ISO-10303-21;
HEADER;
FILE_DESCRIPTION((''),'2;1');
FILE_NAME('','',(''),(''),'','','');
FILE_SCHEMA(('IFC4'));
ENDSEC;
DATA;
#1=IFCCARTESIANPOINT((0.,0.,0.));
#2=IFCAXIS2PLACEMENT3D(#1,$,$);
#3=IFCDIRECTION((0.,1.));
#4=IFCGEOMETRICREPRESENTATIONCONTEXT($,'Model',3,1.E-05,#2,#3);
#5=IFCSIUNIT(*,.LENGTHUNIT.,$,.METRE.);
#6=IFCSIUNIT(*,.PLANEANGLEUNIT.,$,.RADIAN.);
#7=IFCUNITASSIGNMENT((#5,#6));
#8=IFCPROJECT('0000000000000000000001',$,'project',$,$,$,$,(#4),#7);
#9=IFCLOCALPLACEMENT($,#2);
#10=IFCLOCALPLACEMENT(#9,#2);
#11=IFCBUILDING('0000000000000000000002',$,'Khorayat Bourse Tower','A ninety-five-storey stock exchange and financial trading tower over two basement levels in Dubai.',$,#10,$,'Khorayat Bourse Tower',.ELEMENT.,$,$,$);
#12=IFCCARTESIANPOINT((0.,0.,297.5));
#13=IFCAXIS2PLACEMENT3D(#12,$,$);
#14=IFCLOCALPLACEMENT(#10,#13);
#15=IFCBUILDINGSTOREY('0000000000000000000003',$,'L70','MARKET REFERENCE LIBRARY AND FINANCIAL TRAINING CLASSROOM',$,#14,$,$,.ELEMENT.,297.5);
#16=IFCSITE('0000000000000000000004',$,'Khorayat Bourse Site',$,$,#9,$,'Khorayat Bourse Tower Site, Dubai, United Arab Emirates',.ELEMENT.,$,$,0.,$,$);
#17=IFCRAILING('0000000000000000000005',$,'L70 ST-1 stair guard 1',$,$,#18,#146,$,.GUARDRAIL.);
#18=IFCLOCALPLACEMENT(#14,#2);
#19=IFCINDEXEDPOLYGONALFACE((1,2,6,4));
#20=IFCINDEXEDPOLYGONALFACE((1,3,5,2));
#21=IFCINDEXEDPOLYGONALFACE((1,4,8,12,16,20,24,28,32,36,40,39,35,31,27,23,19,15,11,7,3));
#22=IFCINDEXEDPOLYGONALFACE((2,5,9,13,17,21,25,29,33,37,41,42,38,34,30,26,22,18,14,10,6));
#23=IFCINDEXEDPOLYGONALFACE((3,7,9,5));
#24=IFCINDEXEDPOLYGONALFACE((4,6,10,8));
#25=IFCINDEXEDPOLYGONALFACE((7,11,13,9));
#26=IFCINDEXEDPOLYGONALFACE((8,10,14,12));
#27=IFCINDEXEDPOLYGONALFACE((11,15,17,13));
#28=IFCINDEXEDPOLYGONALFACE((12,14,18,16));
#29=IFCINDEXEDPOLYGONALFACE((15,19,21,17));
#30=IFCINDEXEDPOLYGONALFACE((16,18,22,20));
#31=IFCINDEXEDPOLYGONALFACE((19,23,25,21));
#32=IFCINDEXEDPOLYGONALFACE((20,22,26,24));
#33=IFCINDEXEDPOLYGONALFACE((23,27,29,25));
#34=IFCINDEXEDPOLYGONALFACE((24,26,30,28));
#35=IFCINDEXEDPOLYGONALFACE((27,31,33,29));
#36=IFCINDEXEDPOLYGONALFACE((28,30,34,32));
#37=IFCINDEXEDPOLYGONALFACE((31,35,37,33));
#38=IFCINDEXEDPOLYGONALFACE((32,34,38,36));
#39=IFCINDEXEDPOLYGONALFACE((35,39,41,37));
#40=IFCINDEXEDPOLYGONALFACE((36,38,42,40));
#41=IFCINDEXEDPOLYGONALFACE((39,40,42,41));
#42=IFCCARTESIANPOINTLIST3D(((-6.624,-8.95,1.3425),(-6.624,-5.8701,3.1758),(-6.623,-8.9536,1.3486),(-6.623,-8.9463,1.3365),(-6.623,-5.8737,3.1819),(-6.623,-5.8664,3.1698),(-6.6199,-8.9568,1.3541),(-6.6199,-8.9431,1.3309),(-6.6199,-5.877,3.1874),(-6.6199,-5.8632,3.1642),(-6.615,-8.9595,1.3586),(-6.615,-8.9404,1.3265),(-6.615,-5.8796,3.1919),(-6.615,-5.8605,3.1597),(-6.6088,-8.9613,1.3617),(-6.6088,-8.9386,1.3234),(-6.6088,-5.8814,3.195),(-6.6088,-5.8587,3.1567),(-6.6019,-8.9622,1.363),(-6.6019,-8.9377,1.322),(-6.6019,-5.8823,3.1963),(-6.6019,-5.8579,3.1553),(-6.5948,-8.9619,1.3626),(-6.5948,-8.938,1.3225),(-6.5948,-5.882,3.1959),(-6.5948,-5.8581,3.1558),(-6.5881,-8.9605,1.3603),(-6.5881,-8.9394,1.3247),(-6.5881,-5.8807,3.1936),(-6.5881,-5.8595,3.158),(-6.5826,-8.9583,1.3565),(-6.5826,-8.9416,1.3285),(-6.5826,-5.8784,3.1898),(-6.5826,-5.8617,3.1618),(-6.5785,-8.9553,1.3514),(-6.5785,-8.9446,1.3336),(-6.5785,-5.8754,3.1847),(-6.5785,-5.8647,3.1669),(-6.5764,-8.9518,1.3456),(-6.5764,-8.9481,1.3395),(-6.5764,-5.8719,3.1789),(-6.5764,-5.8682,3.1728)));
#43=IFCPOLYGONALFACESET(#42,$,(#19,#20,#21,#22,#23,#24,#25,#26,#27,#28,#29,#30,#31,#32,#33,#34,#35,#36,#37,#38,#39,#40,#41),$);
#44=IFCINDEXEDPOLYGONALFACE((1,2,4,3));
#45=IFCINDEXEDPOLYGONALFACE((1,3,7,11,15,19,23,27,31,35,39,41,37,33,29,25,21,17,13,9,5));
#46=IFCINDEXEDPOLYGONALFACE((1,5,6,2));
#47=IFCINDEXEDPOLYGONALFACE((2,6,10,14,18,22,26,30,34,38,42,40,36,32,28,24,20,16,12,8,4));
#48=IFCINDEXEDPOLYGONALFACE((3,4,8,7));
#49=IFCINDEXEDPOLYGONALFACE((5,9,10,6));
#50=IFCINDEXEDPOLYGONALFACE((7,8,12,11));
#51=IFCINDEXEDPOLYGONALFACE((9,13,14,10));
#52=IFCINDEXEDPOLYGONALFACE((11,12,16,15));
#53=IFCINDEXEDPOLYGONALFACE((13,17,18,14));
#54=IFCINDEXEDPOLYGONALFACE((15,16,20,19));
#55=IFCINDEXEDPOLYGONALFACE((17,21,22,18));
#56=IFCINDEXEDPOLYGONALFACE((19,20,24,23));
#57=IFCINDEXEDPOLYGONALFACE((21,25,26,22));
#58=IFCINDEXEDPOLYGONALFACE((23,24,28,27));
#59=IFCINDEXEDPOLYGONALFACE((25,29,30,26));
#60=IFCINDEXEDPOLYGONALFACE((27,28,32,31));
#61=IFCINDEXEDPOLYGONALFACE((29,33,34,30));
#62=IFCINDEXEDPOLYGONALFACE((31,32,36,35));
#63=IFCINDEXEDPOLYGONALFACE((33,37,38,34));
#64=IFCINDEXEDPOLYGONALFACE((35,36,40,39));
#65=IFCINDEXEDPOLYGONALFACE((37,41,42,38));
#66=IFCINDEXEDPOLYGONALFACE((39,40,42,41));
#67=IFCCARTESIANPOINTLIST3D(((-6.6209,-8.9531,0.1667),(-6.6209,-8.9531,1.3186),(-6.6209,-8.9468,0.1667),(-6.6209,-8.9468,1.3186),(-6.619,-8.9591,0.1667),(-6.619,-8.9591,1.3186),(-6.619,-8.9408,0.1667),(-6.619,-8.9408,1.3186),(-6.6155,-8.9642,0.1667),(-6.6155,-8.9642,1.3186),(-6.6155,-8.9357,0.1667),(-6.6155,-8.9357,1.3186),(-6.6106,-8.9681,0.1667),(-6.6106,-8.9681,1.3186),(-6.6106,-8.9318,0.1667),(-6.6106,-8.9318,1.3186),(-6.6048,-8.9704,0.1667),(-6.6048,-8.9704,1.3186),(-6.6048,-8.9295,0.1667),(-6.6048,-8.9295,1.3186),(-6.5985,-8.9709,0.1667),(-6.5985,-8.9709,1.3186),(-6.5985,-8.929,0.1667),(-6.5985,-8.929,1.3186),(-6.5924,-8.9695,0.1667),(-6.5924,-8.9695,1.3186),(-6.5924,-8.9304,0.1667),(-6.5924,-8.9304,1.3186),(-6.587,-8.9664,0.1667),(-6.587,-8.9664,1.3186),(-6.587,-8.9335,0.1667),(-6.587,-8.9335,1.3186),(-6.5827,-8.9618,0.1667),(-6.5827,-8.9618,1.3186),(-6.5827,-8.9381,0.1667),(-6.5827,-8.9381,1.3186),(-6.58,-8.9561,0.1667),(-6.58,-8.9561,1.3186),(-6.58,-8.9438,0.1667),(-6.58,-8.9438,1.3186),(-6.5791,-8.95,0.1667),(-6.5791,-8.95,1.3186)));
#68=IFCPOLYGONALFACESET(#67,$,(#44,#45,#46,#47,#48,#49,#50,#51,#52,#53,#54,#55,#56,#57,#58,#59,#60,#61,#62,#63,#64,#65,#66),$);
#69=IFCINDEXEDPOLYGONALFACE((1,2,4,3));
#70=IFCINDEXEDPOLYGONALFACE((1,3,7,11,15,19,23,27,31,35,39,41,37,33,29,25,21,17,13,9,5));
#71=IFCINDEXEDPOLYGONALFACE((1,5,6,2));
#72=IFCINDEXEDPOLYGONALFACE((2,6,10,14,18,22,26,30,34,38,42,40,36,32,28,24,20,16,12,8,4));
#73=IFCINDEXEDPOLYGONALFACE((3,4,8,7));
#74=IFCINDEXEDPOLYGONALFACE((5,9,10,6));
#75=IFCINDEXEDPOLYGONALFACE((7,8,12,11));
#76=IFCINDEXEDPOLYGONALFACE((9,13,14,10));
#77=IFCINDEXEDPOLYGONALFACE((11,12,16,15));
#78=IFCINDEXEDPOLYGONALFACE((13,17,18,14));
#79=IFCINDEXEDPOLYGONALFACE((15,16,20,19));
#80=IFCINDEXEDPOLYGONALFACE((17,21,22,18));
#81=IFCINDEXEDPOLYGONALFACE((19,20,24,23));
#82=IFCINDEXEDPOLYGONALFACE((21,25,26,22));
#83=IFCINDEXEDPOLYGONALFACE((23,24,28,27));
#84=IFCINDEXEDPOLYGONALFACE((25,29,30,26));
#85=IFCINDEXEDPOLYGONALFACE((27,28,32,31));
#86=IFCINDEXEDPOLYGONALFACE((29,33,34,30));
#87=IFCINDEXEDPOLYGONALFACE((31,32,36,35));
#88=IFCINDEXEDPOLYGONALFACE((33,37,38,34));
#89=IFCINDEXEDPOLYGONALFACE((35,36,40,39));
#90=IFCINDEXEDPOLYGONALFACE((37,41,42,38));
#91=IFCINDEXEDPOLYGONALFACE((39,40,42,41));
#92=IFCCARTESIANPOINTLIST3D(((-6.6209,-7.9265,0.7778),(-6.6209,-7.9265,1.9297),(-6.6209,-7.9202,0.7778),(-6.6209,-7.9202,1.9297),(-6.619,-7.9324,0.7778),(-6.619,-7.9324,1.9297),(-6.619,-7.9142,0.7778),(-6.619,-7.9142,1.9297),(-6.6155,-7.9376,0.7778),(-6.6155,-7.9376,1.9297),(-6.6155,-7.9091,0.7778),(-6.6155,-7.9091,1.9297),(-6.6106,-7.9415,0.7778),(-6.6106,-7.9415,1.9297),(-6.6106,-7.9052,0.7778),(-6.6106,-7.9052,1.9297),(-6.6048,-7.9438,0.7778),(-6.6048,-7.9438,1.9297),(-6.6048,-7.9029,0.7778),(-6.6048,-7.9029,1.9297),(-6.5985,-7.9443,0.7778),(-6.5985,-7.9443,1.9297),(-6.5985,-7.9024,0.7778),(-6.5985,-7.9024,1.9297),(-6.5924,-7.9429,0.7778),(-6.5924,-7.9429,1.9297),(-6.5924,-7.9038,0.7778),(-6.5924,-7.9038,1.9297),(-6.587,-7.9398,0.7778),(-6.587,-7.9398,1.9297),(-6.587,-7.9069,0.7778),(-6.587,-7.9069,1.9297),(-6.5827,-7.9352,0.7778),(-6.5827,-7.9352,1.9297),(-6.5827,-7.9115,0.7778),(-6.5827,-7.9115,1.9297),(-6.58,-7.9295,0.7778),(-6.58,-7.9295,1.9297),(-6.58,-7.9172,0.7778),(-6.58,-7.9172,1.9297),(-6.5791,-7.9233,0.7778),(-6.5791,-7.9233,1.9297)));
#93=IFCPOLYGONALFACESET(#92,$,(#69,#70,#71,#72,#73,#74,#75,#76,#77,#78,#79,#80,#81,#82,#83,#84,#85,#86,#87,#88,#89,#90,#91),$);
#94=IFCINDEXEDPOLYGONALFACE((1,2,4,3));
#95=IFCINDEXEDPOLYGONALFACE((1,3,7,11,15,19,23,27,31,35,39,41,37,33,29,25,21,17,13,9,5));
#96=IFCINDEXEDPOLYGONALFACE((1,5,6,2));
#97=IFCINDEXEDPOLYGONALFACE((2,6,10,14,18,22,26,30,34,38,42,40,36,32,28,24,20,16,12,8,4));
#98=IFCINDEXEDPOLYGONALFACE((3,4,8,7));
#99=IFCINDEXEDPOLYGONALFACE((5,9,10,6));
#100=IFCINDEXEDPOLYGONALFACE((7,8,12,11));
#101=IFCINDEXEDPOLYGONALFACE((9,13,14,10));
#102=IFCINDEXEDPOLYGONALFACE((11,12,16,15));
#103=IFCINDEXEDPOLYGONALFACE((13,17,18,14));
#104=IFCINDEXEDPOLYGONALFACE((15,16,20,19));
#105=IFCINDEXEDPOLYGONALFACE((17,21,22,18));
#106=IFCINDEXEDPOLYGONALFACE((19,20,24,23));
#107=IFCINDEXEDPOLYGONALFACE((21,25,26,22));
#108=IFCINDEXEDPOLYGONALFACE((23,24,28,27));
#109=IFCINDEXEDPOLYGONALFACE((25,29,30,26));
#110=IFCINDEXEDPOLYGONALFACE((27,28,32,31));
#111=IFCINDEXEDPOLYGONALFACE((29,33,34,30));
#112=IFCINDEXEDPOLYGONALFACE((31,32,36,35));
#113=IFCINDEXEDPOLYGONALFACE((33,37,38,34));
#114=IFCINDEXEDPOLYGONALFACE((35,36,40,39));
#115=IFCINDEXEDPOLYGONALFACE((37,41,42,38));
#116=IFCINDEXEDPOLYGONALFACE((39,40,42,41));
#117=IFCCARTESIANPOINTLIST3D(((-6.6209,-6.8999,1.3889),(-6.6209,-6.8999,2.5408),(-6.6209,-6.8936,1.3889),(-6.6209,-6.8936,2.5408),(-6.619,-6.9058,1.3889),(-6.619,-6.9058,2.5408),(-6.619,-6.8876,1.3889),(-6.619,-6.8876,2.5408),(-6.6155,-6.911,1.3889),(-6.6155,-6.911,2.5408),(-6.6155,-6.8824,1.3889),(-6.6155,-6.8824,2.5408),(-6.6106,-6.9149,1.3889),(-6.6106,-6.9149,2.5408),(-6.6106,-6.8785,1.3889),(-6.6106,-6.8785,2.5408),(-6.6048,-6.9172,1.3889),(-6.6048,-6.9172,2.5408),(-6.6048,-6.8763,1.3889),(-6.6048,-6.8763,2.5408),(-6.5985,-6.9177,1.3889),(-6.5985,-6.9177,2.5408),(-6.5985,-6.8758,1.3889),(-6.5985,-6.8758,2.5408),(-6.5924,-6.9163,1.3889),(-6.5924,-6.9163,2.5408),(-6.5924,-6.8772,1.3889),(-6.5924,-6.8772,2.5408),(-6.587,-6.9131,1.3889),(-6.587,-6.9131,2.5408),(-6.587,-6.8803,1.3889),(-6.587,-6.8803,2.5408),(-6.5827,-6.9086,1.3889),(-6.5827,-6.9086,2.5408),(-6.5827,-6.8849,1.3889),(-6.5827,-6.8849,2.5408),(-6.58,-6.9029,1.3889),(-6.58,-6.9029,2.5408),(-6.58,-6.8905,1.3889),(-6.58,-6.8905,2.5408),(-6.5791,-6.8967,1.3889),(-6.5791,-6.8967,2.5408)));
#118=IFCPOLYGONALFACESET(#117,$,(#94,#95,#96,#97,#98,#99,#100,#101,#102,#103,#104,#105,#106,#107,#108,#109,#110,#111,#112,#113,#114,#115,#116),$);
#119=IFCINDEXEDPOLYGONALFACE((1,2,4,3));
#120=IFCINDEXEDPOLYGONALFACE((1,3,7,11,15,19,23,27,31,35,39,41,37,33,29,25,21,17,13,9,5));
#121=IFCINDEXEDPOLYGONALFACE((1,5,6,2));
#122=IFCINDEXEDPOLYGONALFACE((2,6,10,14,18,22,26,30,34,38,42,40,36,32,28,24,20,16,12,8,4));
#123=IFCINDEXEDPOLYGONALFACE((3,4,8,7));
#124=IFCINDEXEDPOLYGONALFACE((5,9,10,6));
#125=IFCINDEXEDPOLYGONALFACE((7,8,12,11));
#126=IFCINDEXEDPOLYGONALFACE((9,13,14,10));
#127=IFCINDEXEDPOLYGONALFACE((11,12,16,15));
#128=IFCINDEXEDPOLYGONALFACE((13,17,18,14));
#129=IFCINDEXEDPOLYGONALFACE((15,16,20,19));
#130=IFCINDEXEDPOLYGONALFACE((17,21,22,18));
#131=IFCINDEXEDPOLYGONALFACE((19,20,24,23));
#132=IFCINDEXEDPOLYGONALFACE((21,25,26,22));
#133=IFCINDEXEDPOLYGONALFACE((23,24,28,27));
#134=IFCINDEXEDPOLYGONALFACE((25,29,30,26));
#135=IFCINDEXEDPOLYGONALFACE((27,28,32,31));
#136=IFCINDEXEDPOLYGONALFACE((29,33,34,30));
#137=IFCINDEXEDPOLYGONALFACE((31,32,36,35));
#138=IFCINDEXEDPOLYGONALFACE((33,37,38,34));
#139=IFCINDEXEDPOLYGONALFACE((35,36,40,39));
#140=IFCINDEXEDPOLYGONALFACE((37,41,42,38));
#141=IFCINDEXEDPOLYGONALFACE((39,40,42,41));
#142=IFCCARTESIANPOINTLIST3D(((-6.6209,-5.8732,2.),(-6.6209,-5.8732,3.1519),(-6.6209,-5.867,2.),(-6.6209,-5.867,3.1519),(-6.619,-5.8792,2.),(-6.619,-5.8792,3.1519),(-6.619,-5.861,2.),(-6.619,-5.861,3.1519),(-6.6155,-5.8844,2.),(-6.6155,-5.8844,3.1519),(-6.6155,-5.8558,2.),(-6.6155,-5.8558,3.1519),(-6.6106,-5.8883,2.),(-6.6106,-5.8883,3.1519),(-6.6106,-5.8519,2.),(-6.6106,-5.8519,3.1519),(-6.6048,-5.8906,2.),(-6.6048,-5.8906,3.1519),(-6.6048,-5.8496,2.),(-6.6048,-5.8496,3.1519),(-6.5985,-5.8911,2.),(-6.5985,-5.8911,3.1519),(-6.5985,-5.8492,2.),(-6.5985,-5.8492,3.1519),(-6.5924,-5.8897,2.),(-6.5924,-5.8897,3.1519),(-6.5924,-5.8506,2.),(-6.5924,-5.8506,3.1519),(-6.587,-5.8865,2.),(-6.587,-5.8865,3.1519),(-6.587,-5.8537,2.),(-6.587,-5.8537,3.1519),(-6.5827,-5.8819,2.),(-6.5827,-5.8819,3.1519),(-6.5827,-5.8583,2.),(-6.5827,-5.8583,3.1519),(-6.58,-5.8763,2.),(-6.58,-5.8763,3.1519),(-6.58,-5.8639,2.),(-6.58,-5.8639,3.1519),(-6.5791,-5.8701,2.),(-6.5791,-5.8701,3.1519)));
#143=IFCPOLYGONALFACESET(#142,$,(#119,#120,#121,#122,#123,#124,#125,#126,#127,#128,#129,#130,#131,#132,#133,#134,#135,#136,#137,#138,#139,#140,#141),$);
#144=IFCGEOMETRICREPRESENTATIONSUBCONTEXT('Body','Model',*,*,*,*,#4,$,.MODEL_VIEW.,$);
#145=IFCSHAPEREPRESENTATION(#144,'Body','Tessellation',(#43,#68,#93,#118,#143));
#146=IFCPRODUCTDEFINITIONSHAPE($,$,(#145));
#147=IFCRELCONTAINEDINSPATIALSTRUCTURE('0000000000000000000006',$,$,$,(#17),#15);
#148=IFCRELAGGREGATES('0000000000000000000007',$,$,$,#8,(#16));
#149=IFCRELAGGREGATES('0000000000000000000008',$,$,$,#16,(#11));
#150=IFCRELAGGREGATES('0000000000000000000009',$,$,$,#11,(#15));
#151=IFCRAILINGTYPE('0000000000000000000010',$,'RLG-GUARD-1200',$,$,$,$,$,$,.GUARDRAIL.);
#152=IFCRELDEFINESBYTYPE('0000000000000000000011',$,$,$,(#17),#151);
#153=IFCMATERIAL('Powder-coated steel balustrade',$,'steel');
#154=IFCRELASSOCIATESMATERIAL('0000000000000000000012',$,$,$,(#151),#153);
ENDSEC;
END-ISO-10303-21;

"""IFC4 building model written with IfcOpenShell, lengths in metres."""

from ifc_helpers import new_model, si_unit, direction, frame, origin, origin_2d, place, context, subcontext, project, spatial, circle, extrude, source, transform, mapped, material, type_object, element, save


model = new_model("IFC4")

# Units and contexts
model_context = context("Model", 3, precision=1e-05, world=origin(), true_north=direction((0.0, 1.0)))
body_context = subcontext(model_context, "Body", "Model", "MODEL_VIEW")
ifc_project = project(units=[si_unit("LENGTHUNIT", "METRE"), si_unit("PLANEANGLEUNIT", "RADIAN")], contexts=[model_context])

# Site, building, storey
site_placement = place(None, origin())
site = spatial("IfcSite", under=ifc_project, at=site_placement, Name="Khorayat Bourse Site", LongName="Khorayat Bourse Tower Site, Dubai, United Arab Emirates", CompositionType="ELEMENT", RefElevation=0.0)
building_placement = place(site_placement, origin())
building = spatial("IfcBuilding", under=site, at=building_placement, Name="Khorayat Bourse Tower", Description="A ninety-five-storey stock exchange and financial trading tower over two basement levels in Dubai.", LongName="Khorayat Bourse Tower", CompositionType="ELEMENT")
storey_placement = place(building_placement, frame((0.0, 0.0, 297.5)))
storey = spatial("IfcBuildingStorey", under=building, at=storey_placement, Name="L70", Description="MARKET REFERENCE LIBRARY AND FINANCIAL TRAINING CLASSROOM", CompositionType="ELEMENT", Elevation=297.5)

# Railing
ifc_material_1 = material(Name="Powder-coated steel balustrade", Category="steel")
railing_type_1 = type_object("IfcRailingType", Name="RLG-GUARD-1200", PredefinedType="GUARDRAIL", material=ifc_material_1)
shared_shape_1 = source(origin(), body_context, "Body", "SweptSolid", [
    extrude(circle(Radius=0.0239, at=origin_2d()), frame((0.0, 0.0, 1.1758), z_axis=(0.0, 0.859291, 0.511487), x_axis=(-1.0, 0.0, 0.0)), (0.0, 0.0, 1.0), 3.5842),
    extrude(circle(Radius=0.021, at=origin_2d()), origin(), (0.0, 0.0, 1.0), 1.1519),
    extrude(circle(Radius=0.021, at=origin_2d()), frame((0.0, 1.0266, 0.6111)), (0.0, 0.0, 1.0), 1.1519),
    extrude(circle(Radius=0.021, at=origin_2d()), frame((0.0, 2.0532, 1.2222)), (0.0, 0.0, 1.0), 1.1519),
    extrude(circle(Radius=0.021, at=origin_2d()), frame((0.0, 3.0798, 1.8333)), (0.0, 0.0, 1.0), 1.1519),
])
railing_1_placement = place(storey_placement, frame((-6.6001, -8.95, 0.1667)))
element("IfcRailing", 1, at=railing_1_placement, inside=storey, type_object=railing_type_1, Name="L70 ST-1 stair guard 1", PredefinedType="GUARDRAIL", context=body_context, shape_type="MappedRepresentation", body=[
    mapped(shared_shape_1, transform((0.0, 0.0, 0.0), scale=1.0)),
])

save(model, "model.ifc")
